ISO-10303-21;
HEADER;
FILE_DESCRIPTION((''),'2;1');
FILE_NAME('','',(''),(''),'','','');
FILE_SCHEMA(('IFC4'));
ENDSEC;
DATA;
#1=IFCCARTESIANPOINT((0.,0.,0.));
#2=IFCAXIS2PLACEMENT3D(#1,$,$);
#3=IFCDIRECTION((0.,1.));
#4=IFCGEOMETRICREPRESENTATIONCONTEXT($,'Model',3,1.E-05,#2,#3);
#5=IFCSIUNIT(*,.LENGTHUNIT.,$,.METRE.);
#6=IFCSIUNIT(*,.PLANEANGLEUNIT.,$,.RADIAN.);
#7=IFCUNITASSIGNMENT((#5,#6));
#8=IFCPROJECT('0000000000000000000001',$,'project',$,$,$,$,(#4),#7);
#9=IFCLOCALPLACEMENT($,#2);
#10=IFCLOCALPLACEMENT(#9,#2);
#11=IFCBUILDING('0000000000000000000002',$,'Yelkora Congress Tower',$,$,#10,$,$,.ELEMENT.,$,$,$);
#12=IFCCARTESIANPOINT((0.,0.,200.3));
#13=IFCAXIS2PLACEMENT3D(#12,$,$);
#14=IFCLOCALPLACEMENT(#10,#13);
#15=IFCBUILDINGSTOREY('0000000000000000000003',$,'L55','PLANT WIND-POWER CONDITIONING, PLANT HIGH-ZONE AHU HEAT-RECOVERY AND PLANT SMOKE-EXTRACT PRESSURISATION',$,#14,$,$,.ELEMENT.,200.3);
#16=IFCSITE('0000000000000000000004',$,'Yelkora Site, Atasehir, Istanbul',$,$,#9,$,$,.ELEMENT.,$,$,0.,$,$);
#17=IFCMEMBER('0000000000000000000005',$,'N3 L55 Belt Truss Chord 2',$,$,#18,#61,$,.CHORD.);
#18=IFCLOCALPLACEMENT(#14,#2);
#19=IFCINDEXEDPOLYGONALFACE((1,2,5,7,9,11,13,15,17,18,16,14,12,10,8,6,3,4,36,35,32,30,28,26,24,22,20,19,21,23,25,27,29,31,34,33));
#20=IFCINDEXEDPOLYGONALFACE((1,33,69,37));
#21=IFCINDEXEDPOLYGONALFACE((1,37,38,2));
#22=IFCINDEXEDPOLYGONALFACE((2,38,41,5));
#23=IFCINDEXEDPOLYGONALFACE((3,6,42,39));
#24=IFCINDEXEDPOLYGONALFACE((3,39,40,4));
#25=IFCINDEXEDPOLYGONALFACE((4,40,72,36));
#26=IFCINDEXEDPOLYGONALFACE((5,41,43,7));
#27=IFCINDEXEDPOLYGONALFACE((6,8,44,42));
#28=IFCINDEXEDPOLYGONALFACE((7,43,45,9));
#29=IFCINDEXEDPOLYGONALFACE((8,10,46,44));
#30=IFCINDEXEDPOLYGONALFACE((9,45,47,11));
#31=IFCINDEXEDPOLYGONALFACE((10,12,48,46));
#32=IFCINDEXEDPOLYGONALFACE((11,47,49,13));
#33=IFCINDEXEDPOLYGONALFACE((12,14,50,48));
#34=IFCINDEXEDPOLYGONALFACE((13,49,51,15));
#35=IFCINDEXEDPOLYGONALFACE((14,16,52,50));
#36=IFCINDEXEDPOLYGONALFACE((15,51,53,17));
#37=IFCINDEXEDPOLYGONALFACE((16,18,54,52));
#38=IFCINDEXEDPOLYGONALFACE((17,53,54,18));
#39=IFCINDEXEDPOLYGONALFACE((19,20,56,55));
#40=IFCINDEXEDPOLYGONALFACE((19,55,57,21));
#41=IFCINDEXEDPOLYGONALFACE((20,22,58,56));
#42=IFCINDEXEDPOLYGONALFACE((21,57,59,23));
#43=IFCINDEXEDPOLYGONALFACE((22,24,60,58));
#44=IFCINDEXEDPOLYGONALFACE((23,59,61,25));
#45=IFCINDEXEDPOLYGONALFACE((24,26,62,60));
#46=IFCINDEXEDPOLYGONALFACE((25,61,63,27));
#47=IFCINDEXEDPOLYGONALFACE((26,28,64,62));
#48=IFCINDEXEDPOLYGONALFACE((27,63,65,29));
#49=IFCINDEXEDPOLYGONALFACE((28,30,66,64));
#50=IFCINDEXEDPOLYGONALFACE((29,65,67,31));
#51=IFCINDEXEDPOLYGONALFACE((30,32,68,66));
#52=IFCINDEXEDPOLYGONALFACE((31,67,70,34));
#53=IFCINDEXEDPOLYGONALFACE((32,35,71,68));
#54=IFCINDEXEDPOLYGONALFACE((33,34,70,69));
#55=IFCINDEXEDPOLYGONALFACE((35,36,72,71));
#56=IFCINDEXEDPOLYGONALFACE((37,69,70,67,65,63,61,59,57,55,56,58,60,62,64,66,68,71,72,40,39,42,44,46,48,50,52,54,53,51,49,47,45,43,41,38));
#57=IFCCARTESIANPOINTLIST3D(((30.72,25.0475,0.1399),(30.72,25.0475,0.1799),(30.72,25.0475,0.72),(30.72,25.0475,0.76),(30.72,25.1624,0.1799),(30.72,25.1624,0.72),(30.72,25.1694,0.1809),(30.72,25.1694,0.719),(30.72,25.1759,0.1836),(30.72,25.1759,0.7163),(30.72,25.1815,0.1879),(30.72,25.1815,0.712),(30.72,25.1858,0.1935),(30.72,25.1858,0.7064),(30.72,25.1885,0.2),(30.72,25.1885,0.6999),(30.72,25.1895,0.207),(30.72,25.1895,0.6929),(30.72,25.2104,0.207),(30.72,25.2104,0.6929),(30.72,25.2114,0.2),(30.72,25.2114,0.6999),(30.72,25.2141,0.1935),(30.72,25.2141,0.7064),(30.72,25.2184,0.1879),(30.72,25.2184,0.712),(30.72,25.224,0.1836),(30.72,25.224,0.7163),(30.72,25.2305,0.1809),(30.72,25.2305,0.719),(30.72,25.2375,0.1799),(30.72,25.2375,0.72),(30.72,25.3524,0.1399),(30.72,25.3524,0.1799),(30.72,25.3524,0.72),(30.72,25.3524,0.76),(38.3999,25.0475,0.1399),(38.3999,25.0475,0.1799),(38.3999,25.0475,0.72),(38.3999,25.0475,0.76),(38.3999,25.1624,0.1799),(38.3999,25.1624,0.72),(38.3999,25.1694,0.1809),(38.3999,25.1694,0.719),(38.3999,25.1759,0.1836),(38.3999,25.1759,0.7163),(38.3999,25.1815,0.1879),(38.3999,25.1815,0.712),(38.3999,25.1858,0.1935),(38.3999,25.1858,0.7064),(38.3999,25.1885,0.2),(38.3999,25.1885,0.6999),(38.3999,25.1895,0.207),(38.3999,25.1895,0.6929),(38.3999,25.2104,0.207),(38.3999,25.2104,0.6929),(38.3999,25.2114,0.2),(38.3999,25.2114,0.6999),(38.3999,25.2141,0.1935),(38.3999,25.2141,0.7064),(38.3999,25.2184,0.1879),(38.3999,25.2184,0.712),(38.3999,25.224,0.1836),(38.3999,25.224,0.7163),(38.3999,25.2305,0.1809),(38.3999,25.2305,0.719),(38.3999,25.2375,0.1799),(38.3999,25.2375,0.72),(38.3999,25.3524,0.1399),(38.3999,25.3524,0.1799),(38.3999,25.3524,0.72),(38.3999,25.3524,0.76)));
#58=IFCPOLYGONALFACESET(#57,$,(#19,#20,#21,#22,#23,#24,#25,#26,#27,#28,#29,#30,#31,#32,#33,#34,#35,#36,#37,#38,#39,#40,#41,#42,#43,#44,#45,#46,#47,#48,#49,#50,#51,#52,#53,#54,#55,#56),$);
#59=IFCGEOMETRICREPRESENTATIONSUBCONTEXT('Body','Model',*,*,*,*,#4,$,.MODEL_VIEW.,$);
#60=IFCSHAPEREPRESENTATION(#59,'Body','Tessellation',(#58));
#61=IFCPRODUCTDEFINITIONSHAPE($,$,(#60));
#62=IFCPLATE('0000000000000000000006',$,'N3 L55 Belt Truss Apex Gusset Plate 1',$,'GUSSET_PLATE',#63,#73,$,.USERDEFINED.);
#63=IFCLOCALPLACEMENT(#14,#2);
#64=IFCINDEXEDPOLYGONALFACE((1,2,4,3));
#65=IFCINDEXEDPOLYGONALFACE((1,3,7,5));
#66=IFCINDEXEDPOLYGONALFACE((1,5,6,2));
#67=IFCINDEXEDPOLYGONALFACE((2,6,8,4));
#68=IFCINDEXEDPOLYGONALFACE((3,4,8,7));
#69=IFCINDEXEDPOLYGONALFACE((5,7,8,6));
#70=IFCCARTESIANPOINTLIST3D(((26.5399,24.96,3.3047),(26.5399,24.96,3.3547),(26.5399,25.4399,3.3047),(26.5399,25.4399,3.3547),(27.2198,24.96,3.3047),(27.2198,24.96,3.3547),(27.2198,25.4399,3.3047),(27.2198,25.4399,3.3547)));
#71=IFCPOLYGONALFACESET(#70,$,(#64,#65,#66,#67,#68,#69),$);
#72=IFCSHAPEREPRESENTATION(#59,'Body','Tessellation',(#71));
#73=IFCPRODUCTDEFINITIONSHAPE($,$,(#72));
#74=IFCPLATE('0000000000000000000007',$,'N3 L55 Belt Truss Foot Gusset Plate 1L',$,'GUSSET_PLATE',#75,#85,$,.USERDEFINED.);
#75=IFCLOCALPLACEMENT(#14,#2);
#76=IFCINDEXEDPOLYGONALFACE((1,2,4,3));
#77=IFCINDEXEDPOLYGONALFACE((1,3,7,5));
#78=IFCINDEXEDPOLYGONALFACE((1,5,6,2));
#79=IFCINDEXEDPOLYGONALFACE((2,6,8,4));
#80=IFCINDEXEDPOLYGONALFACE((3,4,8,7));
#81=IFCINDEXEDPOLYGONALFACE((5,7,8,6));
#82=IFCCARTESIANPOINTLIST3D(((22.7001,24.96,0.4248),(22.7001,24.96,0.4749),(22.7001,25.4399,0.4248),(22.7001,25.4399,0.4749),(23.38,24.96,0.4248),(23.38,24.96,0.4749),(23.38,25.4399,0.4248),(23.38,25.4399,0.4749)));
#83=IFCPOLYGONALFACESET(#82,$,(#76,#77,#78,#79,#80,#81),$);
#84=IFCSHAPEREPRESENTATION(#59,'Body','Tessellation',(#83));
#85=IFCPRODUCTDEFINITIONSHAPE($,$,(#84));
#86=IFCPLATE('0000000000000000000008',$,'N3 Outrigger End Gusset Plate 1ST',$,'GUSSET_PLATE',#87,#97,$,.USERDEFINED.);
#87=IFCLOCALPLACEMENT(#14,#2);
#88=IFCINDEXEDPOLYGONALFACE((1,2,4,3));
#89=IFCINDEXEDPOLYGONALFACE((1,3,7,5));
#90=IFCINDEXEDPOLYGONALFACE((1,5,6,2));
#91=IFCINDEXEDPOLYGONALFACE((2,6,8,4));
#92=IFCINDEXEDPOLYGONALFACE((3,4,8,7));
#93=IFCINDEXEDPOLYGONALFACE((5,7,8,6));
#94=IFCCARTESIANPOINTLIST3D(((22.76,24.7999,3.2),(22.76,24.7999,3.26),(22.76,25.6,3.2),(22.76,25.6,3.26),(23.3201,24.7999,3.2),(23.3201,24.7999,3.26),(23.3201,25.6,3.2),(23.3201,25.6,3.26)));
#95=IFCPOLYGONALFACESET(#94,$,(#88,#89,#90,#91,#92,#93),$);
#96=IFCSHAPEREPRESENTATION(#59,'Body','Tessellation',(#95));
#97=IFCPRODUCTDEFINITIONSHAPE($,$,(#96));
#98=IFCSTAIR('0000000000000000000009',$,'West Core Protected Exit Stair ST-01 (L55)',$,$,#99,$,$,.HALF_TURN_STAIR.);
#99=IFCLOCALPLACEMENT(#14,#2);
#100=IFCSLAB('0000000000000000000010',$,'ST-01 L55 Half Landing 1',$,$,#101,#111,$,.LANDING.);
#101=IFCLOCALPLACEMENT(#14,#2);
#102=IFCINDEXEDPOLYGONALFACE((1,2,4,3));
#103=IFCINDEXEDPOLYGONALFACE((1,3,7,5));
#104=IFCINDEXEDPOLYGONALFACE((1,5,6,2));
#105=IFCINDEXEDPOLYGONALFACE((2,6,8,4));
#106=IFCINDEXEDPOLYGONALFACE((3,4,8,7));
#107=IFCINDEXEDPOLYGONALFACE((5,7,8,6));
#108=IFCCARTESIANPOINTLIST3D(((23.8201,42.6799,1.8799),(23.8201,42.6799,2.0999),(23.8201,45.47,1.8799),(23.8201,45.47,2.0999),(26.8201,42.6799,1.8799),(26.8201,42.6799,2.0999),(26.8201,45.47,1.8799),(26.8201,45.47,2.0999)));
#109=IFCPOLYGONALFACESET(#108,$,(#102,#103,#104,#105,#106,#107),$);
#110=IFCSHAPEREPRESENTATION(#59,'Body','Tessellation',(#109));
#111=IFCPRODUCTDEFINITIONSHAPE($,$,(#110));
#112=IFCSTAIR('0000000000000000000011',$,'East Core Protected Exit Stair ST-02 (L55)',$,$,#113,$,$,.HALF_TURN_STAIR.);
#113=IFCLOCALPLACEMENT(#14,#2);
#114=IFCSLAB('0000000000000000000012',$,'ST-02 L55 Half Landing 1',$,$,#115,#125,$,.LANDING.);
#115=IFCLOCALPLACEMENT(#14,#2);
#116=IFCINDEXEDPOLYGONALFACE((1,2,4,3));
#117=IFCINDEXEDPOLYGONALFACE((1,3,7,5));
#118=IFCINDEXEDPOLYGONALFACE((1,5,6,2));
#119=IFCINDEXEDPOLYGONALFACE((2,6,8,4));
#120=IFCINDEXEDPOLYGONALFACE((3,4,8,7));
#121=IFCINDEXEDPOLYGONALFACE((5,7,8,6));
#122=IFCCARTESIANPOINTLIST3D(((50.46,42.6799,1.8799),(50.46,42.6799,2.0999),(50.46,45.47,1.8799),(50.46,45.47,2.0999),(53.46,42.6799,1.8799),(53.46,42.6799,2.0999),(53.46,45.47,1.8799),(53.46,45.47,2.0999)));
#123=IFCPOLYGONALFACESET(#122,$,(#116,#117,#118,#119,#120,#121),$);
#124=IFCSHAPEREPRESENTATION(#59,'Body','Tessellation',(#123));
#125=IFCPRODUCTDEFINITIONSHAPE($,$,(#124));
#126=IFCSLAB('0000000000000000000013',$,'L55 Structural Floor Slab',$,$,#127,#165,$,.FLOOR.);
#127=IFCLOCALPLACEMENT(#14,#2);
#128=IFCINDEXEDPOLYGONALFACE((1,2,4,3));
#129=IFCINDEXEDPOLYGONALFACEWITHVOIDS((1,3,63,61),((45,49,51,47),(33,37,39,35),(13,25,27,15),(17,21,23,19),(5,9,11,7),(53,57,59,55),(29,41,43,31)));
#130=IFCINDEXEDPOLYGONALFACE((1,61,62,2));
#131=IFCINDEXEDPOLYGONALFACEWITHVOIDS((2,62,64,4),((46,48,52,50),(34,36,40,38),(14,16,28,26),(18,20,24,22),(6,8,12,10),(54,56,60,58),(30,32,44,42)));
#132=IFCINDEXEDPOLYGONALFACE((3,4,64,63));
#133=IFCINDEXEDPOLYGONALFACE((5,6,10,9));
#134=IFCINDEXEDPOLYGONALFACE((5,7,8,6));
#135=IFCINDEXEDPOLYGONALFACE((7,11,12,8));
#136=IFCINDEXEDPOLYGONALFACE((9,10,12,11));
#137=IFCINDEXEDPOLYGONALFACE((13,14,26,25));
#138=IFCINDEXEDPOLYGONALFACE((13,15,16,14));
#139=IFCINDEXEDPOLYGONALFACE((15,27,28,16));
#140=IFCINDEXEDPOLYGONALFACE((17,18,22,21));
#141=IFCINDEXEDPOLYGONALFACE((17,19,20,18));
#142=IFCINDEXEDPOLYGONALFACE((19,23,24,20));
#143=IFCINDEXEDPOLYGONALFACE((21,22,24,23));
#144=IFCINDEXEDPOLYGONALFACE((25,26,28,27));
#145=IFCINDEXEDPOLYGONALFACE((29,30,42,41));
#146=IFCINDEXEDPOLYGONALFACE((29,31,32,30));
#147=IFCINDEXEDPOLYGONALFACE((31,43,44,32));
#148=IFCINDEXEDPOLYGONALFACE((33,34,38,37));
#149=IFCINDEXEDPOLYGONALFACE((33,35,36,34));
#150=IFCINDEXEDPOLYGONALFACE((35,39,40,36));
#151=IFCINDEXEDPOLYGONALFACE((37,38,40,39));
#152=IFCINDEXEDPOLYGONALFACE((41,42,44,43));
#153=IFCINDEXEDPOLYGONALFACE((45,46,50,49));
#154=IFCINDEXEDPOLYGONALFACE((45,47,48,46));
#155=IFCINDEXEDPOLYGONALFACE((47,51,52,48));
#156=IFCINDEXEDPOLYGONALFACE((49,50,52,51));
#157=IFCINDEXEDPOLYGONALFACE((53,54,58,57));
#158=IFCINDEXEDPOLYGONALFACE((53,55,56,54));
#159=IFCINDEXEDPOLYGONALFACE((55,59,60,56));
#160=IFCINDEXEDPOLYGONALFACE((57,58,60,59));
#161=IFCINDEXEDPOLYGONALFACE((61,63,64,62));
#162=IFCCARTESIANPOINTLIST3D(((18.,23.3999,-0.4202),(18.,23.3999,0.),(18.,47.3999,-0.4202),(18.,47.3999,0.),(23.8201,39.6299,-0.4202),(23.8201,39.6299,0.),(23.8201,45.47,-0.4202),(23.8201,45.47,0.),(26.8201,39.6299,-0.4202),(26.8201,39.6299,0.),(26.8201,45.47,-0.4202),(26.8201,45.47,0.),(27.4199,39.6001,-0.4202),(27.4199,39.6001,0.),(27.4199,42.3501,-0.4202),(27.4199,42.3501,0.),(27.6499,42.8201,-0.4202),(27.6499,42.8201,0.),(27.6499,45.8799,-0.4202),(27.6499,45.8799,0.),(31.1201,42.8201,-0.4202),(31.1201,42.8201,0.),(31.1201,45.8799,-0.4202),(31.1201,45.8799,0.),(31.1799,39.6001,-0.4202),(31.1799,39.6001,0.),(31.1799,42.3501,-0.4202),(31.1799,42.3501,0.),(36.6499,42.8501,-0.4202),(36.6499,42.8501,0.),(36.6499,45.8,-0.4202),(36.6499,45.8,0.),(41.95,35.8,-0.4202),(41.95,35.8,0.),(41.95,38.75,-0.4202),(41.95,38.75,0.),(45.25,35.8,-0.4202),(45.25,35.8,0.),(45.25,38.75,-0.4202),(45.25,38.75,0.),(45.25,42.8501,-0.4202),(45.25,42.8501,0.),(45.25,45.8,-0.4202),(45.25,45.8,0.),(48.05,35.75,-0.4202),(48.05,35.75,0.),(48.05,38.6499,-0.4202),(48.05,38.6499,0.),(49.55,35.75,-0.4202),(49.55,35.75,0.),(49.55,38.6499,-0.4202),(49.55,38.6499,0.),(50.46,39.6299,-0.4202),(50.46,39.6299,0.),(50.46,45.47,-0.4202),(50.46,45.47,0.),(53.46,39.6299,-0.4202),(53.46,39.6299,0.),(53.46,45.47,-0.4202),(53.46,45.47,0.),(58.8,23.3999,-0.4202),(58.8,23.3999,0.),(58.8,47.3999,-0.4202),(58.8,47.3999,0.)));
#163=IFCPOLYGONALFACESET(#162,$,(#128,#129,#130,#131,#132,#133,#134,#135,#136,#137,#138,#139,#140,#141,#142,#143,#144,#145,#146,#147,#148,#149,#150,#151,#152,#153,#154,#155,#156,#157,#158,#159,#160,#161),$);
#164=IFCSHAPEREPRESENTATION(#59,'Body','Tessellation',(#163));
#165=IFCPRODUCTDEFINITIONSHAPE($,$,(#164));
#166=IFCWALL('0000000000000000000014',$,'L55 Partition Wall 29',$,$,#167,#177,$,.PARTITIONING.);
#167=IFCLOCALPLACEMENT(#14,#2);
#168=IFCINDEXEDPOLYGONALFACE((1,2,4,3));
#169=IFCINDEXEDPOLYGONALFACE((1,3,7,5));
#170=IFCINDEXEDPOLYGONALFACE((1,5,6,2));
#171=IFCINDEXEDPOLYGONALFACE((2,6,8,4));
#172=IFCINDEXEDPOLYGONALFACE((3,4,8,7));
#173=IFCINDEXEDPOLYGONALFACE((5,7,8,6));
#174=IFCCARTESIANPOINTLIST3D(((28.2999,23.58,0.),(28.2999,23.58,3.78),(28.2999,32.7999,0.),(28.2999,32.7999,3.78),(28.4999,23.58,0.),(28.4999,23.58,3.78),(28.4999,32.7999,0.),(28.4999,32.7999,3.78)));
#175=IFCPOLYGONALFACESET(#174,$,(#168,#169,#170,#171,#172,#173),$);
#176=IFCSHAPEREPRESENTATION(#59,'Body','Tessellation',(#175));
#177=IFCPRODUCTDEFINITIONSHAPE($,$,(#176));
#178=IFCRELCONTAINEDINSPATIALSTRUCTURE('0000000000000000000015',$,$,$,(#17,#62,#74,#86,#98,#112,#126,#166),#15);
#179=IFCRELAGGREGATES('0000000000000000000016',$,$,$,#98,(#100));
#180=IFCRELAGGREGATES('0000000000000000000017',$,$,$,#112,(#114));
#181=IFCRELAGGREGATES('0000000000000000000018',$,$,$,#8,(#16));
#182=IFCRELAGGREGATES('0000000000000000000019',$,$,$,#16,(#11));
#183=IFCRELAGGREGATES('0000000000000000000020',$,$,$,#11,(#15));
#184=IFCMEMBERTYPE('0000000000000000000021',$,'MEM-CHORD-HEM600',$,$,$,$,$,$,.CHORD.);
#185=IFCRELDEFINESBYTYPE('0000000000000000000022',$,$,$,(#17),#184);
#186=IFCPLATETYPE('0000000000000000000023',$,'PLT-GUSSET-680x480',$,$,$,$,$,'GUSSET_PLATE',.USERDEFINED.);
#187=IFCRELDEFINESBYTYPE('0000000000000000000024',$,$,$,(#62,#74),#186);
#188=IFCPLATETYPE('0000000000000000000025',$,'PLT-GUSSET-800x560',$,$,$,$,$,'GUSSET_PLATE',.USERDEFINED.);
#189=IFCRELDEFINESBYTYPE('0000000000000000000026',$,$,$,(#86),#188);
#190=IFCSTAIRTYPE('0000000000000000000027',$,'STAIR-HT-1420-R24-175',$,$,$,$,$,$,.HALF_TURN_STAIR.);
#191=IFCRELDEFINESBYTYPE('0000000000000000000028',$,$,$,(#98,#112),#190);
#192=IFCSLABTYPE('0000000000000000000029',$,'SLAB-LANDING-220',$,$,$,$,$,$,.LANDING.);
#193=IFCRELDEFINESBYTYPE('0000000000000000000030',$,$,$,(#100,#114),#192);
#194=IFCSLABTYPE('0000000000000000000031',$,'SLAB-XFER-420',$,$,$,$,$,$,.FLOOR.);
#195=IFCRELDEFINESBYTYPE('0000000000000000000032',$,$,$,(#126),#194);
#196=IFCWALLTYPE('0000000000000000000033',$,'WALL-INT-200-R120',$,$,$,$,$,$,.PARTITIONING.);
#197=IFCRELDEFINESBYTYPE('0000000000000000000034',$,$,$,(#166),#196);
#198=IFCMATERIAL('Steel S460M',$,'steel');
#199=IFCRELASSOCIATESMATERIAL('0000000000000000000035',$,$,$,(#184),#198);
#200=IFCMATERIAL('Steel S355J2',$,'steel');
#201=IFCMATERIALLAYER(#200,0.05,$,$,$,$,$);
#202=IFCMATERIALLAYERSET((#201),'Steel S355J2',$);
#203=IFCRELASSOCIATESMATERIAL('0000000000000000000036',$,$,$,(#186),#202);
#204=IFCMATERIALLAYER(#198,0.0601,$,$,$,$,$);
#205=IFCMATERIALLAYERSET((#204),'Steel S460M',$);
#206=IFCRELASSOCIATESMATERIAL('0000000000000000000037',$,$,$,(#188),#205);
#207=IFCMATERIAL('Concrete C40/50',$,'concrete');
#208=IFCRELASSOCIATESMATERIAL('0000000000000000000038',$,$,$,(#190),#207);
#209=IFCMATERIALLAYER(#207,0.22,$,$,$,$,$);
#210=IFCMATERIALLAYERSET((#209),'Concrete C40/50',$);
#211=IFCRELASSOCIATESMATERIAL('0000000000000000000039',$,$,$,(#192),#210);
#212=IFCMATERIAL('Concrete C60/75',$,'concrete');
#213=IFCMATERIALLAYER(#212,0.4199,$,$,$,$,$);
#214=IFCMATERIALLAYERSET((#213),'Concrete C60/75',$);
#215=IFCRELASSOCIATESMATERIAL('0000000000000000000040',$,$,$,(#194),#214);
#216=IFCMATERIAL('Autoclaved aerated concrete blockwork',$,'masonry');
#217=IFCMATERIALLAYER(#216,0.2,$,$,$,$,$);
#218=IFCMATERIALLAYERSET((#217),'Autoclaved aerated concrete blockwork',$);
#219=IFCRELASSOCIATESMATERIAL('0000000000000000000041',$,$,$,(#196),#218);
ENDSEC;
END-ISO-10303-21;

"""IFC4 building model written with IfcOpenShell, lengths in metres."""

from ifc_helpers import new_model, si_unit, direction, frame, frame_2d, origin, origin_2d, place, context, subcontext, project, spatial, polyline, rectangle, i_section, outline, extrude, material, layer, layer_set, material_profile, profile_set, type_object, element, aggregate, save


model = new_model("IFC4")

# Units and contexts
model_context = context("Model", 3, precision=1e-05, world=origin(), true_north=direction((0.0, 1.0)))
body_context = subcontext(model_context, "Body", "Model", "MODEL_VIEW")
ifc_project = project(units=[si_unit("LENGTHUNIT", "METRE"), si_unit("PLANEANGLEUNIT", "RADIAN")], contexts=[model_context])

# Site, building, storey
site_placement = place(None, origin())
site = spatial("IfcSite", under=ifc_project, at=site_placement, Name="Yelkora Site, Atasehir, Istanbul", CompositionType="ELEMENT", RefElevation=0.0)
building_placement = place(site_placement, origin())
building = spatial("IfcBuilding", under=site, at=building_placement, Name="Yelkora Congress Tower", CompositionType="ELEMENT")
storey_placement = place(building_placement, frame((0.0, 0.0, 200.3)))
storey = spatial("IfcBuildingStorey", under=building, at=storey_placement, Name="L55", Description="PLANT WIND-POWER CONDITIONING, PLANT HIGH-ZONE AHU HEAT-RECOVERY AND PLANT SMOKE-EXTRACT PRESSURISATION", CompositionType="ELEMENT", Elevation=200.3)

# Shared definitions
ifc_material_1 = material(Name="Steel S460M", Category="steel")

# Shared definitions
ifc_material_2 = material(Name="Concrete C60/75", Category="concrete")

# Member
ifc_material_profile_1 = material_profile(ifc_material_1, i_section(OverallWidth=0.3049, OverallDepth=0.6201, WebThickness=0.021, FlangeThickness=0.04, FilletRadius=0.0271, at=origin_2d()), Name="HEM 600")
ifc_profile_set_1 = profile_set([ifc_material_profile_1], Name="Steel S460M")
member_type_1 = type_object("IfcMemberType", Name="MEM-CHORD-HEM600", PredefinedType="CHORD", material=ifc_profile_set_1)
for number, where, z_axis, x_axis, name in (
    (1, (30.72, 25.2, 0.45), (1.0, 0.0, 0.0), (0.0, 1.0, 0.0), "N3 L55 Belt Truss Chord 2"),
):
    element("IfcMember", number, at=place(storey_placement, frame(where, z_axis=z_axis, x_axis=x_axis)), inside=storey, type_object=member_type_1, Name=name, PredefinedType="CHORD", context=body_context, shape_type="SweptSolid", body=[
        extrude(i_section(OverallWidth=0.3049, OverallDepth=0.6201, WebThickness=0.021, FlangeThickness=0.04, FilletRadius=0.0271, at=origin_2d()), origin(), (0.0, 0.0, 1.0), 7.6799),
    ])

# Plates
ifc_material_3 = material(Name="Steel S355J2", Category="steel")
ifc_layer_1 = layer(ifc_material_3, 0.05)
ifc_layer_set_1 = layer_set([ifc_layer_1], Name="Steel S355J2")
plate_type_1 = type_object("IfcPlateType", Name="PLT-GUSSET-680x480", ElementType="GUSSET_PLATE", PredefinedType="USERDEFINED", material=ifc_layer_set_1)
for number, where, z_axis, x_axis, name in (
    (2, (26.8799, 25.2, 3.3047), (0.0, 0.0, 1.0), (1.0, 0.0, 0.0), "N3 L55 Belt Truss Apex Gusset Plate 1"),
    (3, (23.04, 25.2, 0.4248), (0.0, 0.0, 1.0), (1.0, 0.0, 0.0), "N3 L55 Belt Truss Foot Gusset Plate 1L"),
):
    element("IfcPlate", number, at=place(storey_placement, frame(where, z_axis=z_axis, x_axis=x_axis)), inside=storey, type_object=plate_type_1, Name=name, ObjectType="GUSSET_PLATE", PredefinedType="USERDEFINED", context=body_context, shape_type="SweptSolid", body=[
        extrude(rectangle(XDim=0.6799, YDim=0.48, at=origin_2d()), origin(), (0.0, 0.0, 1.0), 0.05),
    ])
ifc_layer_2 = layer(ifc_material_1, 0.0601)
ifc_layer_set_2 = layer_set([ifc_layer_2], Name="Steel S460M")
plate_type_2 = type_object("IfcPlateType", Name="PLT-GUSSET-800x560", ElementType="GUSSET_PLATE", PredefinedType="USERDEFINED", material=ifc_layer_set_2)
plate_placement = place(storey_placement, frame((23.04, 25.2, 3.2), z_axis=(0.0, 0.0, 1.0), x_axis=(0.0, 1.0, 0.0)))
element("IfcPlate", 4, at=plate_placement, inside=storey, type_object=plate_type_2, Name="N3 Outrigger End Gusset Plate 1ST", ObjectType="GUSSET_PLATE", PredefinedType="USERDEFINED", context=body_context, shape_type="SweptSolid", body=[
    extrude(rectangle(XDim=0.8, YDim=0.5601, at=origin_2d()), origin(), (0.0, 0.0, 1.0), 0.0601),
])

# Stairs, slabs
ifc_material_4 = material(Name="Concrete C40/50", Category="concrete")
stair_type = type_object("IfcStairType", Name="STAIR-HT-1420-R24-175", PredefinedType="HALF_TURN_STAIR", material=ifc_material_4)
stair_1_placement = place(storey_placement, origin())
stair_1 = element("IfcStair", 5, at=stair_1_placement, inside=storey, type_object=stair_type, Name="West Core Protected Exit Stair ST-01 (L55)", PredefinedType="HALF_TURN_STAIR")
ifc_layer_3 = layer(ifc_material_4, 0.22)
ifc_layer_set_3 = layer_set([ifc_layer_3], Name="Concrete C40/50")
slab_type_1 = type_object("IfcSlabType", Name="SLAB-LANDING-220", PredefinedType="LANDING", material=ifc_layer_set_3)
slab_1_placement = place(storey_placement, frame((0.0, 0.0, 1.8799)))
slab_1 = element("IfcSlab", 6, at=slab_1_placement, type_object=slab_type_1, Name="ST-01 L55 Half Landing 1", PredefinedType="LANDING", context=body_context, shape_type="SweptSolid", body=[
    extrude(outline(polyline([(26.8201, 42.6799), (26.8201, 45.47), (23.8201, 45.47), (23.8201, 42.6799), (26.8201, 42.6799)])), origin(), (0.0, 0.0, 1.0), 0.22),
])
aggregate(stair_1, [slab_1])
stair_2_placement = place(storey_placement, origin())
stair_2 = element("IfcStair", 7, at=stair_2_placement, inside=storey, type_object=stair_type, Name="East Core Protected Exit Stair ST-02 (L55)", PredefinedType="HALF_TURN_STAIR")
slab_2_placement = place(storey_placement, frame((0.0, 0.0, 1.8799)))
slab_2 = element("IfcSlab", 8, at=slab_2_placement, type_object=slab_type_1, Name="ST-02 L55 Half Landing 1", PredefinedType="LANDING", context=body_context, shape_type="SweptSolid", body=[
    extrude(outline(polyline([(53.46, 42.6799), (53.46, 45.47), (50.46, 45.47), (50.46, 42.6799), (53.46, 42.6799)])), origin(), (0.0, 0.0, 1.0), 0.22),
])
aggregate(stair_2, [slab_2])

# Slab
ifc_layer_4 = layer(ifc_material_2, 0.4199)
ifc_layer_set_4 = layer_set([ifc_layer_4], Name="Concrete C60/75")
slab_type_2 = type_object("IfcSlabType", Name="SLAB-XFER-420", PredefinedType="FLOOR", material=ifc_layer_set_4)
slab_3_placement = place(storey_placement, frame((0.0, 0.0, -0.4202)))
element("IfcSlab", 9, at=slab_3_placement, inside=storey, type_object=slab_type_2, Name="L55 Structural Floor Slab", PredefinedType="FLOOR", context=body_context, shape_type="SweptSolid", body=[
    extrude(outline(polyline([(18.0, 23.3999), (58.8, 23.3999), (58.8, 47.3999), (18.0, 47.3999), (18.0, 23.3999)]), holes=[polyline([(23.8201, 39.6299), (26.8201, 39.6299), (26.8201, 45.47), (23.8201, 45.47), (23.8201, 39.6299)]), polyline([(50.46, 39.6299), (53.46, 39.6299), (53.46, 45.47), (50.46, 45.47), (50.46, 39.6299)]), polyline([(48.05, 35.75), (49.55, 35.75), (49.55, 38.6499), (48.05, 38.6499), (48.05, 35.75)]), polyline([(36.6499, 42.8501), (45.25, 42.8501), (45.25, 45.8), (36.6499, 45.8), (36.6499, 42.8501)]), polyline([(41.95, 35.8), (45.25, 35.8), (45.25, 38.75), (41.95, 38.75), (41.95, 35.8)]), polyline([(27.4199, 39.6001), (31.1799, 39.6001), (31.1799, 42.3501), (27.4199, 42.3501), (27.4199, 39.6001)]), polyline([(27.6499, 42.8201), (31.1201, 42.8201), (31.1201, 45.8799), (27.6499, 45.8799), (27.6499, 42.8201)])]), origin(), (0.0, 0.0, 1.0), 0.4202),
])

# Wall
ifc_material_5 = material(Name="Autoclaved aerated concrete blockwork", Category="masonry")
ifc_layer_5 = layer(ifc_material_5, 0.2)
ifc_layer_set_5 = layer_set([ifc_layer_5], Name="Autoclaved aerated concrete blockwork")
wall_type = type_object("IfcWallType", Name="WALL-INT-200-R120", PredefinedType="PARTITIONING", material=ifc_layer_set_5)
wall_placement = place(storey_placement, frame((28.3999, 23.5801, 0.0), z_axis=(0.0, 0.0, 1.0), x_axis=(0.0, 1.0, 0.0)))
element("IfcWall", 10, at=wall_placement, inside=storey, type_object=wall_type, Name="L55 Partition Wall 29", PredefinedType="PARTITIONING", context=body_context, shape_type="SweptSolid", body=[
    extrude(rectangle(XDim=9.22, YDim=0.2, at=frame_2d((4.6099, 0.0))), origin(), (0.0, 0.0, 1.0), 3.78),
])

save(model, "model.ifc")
